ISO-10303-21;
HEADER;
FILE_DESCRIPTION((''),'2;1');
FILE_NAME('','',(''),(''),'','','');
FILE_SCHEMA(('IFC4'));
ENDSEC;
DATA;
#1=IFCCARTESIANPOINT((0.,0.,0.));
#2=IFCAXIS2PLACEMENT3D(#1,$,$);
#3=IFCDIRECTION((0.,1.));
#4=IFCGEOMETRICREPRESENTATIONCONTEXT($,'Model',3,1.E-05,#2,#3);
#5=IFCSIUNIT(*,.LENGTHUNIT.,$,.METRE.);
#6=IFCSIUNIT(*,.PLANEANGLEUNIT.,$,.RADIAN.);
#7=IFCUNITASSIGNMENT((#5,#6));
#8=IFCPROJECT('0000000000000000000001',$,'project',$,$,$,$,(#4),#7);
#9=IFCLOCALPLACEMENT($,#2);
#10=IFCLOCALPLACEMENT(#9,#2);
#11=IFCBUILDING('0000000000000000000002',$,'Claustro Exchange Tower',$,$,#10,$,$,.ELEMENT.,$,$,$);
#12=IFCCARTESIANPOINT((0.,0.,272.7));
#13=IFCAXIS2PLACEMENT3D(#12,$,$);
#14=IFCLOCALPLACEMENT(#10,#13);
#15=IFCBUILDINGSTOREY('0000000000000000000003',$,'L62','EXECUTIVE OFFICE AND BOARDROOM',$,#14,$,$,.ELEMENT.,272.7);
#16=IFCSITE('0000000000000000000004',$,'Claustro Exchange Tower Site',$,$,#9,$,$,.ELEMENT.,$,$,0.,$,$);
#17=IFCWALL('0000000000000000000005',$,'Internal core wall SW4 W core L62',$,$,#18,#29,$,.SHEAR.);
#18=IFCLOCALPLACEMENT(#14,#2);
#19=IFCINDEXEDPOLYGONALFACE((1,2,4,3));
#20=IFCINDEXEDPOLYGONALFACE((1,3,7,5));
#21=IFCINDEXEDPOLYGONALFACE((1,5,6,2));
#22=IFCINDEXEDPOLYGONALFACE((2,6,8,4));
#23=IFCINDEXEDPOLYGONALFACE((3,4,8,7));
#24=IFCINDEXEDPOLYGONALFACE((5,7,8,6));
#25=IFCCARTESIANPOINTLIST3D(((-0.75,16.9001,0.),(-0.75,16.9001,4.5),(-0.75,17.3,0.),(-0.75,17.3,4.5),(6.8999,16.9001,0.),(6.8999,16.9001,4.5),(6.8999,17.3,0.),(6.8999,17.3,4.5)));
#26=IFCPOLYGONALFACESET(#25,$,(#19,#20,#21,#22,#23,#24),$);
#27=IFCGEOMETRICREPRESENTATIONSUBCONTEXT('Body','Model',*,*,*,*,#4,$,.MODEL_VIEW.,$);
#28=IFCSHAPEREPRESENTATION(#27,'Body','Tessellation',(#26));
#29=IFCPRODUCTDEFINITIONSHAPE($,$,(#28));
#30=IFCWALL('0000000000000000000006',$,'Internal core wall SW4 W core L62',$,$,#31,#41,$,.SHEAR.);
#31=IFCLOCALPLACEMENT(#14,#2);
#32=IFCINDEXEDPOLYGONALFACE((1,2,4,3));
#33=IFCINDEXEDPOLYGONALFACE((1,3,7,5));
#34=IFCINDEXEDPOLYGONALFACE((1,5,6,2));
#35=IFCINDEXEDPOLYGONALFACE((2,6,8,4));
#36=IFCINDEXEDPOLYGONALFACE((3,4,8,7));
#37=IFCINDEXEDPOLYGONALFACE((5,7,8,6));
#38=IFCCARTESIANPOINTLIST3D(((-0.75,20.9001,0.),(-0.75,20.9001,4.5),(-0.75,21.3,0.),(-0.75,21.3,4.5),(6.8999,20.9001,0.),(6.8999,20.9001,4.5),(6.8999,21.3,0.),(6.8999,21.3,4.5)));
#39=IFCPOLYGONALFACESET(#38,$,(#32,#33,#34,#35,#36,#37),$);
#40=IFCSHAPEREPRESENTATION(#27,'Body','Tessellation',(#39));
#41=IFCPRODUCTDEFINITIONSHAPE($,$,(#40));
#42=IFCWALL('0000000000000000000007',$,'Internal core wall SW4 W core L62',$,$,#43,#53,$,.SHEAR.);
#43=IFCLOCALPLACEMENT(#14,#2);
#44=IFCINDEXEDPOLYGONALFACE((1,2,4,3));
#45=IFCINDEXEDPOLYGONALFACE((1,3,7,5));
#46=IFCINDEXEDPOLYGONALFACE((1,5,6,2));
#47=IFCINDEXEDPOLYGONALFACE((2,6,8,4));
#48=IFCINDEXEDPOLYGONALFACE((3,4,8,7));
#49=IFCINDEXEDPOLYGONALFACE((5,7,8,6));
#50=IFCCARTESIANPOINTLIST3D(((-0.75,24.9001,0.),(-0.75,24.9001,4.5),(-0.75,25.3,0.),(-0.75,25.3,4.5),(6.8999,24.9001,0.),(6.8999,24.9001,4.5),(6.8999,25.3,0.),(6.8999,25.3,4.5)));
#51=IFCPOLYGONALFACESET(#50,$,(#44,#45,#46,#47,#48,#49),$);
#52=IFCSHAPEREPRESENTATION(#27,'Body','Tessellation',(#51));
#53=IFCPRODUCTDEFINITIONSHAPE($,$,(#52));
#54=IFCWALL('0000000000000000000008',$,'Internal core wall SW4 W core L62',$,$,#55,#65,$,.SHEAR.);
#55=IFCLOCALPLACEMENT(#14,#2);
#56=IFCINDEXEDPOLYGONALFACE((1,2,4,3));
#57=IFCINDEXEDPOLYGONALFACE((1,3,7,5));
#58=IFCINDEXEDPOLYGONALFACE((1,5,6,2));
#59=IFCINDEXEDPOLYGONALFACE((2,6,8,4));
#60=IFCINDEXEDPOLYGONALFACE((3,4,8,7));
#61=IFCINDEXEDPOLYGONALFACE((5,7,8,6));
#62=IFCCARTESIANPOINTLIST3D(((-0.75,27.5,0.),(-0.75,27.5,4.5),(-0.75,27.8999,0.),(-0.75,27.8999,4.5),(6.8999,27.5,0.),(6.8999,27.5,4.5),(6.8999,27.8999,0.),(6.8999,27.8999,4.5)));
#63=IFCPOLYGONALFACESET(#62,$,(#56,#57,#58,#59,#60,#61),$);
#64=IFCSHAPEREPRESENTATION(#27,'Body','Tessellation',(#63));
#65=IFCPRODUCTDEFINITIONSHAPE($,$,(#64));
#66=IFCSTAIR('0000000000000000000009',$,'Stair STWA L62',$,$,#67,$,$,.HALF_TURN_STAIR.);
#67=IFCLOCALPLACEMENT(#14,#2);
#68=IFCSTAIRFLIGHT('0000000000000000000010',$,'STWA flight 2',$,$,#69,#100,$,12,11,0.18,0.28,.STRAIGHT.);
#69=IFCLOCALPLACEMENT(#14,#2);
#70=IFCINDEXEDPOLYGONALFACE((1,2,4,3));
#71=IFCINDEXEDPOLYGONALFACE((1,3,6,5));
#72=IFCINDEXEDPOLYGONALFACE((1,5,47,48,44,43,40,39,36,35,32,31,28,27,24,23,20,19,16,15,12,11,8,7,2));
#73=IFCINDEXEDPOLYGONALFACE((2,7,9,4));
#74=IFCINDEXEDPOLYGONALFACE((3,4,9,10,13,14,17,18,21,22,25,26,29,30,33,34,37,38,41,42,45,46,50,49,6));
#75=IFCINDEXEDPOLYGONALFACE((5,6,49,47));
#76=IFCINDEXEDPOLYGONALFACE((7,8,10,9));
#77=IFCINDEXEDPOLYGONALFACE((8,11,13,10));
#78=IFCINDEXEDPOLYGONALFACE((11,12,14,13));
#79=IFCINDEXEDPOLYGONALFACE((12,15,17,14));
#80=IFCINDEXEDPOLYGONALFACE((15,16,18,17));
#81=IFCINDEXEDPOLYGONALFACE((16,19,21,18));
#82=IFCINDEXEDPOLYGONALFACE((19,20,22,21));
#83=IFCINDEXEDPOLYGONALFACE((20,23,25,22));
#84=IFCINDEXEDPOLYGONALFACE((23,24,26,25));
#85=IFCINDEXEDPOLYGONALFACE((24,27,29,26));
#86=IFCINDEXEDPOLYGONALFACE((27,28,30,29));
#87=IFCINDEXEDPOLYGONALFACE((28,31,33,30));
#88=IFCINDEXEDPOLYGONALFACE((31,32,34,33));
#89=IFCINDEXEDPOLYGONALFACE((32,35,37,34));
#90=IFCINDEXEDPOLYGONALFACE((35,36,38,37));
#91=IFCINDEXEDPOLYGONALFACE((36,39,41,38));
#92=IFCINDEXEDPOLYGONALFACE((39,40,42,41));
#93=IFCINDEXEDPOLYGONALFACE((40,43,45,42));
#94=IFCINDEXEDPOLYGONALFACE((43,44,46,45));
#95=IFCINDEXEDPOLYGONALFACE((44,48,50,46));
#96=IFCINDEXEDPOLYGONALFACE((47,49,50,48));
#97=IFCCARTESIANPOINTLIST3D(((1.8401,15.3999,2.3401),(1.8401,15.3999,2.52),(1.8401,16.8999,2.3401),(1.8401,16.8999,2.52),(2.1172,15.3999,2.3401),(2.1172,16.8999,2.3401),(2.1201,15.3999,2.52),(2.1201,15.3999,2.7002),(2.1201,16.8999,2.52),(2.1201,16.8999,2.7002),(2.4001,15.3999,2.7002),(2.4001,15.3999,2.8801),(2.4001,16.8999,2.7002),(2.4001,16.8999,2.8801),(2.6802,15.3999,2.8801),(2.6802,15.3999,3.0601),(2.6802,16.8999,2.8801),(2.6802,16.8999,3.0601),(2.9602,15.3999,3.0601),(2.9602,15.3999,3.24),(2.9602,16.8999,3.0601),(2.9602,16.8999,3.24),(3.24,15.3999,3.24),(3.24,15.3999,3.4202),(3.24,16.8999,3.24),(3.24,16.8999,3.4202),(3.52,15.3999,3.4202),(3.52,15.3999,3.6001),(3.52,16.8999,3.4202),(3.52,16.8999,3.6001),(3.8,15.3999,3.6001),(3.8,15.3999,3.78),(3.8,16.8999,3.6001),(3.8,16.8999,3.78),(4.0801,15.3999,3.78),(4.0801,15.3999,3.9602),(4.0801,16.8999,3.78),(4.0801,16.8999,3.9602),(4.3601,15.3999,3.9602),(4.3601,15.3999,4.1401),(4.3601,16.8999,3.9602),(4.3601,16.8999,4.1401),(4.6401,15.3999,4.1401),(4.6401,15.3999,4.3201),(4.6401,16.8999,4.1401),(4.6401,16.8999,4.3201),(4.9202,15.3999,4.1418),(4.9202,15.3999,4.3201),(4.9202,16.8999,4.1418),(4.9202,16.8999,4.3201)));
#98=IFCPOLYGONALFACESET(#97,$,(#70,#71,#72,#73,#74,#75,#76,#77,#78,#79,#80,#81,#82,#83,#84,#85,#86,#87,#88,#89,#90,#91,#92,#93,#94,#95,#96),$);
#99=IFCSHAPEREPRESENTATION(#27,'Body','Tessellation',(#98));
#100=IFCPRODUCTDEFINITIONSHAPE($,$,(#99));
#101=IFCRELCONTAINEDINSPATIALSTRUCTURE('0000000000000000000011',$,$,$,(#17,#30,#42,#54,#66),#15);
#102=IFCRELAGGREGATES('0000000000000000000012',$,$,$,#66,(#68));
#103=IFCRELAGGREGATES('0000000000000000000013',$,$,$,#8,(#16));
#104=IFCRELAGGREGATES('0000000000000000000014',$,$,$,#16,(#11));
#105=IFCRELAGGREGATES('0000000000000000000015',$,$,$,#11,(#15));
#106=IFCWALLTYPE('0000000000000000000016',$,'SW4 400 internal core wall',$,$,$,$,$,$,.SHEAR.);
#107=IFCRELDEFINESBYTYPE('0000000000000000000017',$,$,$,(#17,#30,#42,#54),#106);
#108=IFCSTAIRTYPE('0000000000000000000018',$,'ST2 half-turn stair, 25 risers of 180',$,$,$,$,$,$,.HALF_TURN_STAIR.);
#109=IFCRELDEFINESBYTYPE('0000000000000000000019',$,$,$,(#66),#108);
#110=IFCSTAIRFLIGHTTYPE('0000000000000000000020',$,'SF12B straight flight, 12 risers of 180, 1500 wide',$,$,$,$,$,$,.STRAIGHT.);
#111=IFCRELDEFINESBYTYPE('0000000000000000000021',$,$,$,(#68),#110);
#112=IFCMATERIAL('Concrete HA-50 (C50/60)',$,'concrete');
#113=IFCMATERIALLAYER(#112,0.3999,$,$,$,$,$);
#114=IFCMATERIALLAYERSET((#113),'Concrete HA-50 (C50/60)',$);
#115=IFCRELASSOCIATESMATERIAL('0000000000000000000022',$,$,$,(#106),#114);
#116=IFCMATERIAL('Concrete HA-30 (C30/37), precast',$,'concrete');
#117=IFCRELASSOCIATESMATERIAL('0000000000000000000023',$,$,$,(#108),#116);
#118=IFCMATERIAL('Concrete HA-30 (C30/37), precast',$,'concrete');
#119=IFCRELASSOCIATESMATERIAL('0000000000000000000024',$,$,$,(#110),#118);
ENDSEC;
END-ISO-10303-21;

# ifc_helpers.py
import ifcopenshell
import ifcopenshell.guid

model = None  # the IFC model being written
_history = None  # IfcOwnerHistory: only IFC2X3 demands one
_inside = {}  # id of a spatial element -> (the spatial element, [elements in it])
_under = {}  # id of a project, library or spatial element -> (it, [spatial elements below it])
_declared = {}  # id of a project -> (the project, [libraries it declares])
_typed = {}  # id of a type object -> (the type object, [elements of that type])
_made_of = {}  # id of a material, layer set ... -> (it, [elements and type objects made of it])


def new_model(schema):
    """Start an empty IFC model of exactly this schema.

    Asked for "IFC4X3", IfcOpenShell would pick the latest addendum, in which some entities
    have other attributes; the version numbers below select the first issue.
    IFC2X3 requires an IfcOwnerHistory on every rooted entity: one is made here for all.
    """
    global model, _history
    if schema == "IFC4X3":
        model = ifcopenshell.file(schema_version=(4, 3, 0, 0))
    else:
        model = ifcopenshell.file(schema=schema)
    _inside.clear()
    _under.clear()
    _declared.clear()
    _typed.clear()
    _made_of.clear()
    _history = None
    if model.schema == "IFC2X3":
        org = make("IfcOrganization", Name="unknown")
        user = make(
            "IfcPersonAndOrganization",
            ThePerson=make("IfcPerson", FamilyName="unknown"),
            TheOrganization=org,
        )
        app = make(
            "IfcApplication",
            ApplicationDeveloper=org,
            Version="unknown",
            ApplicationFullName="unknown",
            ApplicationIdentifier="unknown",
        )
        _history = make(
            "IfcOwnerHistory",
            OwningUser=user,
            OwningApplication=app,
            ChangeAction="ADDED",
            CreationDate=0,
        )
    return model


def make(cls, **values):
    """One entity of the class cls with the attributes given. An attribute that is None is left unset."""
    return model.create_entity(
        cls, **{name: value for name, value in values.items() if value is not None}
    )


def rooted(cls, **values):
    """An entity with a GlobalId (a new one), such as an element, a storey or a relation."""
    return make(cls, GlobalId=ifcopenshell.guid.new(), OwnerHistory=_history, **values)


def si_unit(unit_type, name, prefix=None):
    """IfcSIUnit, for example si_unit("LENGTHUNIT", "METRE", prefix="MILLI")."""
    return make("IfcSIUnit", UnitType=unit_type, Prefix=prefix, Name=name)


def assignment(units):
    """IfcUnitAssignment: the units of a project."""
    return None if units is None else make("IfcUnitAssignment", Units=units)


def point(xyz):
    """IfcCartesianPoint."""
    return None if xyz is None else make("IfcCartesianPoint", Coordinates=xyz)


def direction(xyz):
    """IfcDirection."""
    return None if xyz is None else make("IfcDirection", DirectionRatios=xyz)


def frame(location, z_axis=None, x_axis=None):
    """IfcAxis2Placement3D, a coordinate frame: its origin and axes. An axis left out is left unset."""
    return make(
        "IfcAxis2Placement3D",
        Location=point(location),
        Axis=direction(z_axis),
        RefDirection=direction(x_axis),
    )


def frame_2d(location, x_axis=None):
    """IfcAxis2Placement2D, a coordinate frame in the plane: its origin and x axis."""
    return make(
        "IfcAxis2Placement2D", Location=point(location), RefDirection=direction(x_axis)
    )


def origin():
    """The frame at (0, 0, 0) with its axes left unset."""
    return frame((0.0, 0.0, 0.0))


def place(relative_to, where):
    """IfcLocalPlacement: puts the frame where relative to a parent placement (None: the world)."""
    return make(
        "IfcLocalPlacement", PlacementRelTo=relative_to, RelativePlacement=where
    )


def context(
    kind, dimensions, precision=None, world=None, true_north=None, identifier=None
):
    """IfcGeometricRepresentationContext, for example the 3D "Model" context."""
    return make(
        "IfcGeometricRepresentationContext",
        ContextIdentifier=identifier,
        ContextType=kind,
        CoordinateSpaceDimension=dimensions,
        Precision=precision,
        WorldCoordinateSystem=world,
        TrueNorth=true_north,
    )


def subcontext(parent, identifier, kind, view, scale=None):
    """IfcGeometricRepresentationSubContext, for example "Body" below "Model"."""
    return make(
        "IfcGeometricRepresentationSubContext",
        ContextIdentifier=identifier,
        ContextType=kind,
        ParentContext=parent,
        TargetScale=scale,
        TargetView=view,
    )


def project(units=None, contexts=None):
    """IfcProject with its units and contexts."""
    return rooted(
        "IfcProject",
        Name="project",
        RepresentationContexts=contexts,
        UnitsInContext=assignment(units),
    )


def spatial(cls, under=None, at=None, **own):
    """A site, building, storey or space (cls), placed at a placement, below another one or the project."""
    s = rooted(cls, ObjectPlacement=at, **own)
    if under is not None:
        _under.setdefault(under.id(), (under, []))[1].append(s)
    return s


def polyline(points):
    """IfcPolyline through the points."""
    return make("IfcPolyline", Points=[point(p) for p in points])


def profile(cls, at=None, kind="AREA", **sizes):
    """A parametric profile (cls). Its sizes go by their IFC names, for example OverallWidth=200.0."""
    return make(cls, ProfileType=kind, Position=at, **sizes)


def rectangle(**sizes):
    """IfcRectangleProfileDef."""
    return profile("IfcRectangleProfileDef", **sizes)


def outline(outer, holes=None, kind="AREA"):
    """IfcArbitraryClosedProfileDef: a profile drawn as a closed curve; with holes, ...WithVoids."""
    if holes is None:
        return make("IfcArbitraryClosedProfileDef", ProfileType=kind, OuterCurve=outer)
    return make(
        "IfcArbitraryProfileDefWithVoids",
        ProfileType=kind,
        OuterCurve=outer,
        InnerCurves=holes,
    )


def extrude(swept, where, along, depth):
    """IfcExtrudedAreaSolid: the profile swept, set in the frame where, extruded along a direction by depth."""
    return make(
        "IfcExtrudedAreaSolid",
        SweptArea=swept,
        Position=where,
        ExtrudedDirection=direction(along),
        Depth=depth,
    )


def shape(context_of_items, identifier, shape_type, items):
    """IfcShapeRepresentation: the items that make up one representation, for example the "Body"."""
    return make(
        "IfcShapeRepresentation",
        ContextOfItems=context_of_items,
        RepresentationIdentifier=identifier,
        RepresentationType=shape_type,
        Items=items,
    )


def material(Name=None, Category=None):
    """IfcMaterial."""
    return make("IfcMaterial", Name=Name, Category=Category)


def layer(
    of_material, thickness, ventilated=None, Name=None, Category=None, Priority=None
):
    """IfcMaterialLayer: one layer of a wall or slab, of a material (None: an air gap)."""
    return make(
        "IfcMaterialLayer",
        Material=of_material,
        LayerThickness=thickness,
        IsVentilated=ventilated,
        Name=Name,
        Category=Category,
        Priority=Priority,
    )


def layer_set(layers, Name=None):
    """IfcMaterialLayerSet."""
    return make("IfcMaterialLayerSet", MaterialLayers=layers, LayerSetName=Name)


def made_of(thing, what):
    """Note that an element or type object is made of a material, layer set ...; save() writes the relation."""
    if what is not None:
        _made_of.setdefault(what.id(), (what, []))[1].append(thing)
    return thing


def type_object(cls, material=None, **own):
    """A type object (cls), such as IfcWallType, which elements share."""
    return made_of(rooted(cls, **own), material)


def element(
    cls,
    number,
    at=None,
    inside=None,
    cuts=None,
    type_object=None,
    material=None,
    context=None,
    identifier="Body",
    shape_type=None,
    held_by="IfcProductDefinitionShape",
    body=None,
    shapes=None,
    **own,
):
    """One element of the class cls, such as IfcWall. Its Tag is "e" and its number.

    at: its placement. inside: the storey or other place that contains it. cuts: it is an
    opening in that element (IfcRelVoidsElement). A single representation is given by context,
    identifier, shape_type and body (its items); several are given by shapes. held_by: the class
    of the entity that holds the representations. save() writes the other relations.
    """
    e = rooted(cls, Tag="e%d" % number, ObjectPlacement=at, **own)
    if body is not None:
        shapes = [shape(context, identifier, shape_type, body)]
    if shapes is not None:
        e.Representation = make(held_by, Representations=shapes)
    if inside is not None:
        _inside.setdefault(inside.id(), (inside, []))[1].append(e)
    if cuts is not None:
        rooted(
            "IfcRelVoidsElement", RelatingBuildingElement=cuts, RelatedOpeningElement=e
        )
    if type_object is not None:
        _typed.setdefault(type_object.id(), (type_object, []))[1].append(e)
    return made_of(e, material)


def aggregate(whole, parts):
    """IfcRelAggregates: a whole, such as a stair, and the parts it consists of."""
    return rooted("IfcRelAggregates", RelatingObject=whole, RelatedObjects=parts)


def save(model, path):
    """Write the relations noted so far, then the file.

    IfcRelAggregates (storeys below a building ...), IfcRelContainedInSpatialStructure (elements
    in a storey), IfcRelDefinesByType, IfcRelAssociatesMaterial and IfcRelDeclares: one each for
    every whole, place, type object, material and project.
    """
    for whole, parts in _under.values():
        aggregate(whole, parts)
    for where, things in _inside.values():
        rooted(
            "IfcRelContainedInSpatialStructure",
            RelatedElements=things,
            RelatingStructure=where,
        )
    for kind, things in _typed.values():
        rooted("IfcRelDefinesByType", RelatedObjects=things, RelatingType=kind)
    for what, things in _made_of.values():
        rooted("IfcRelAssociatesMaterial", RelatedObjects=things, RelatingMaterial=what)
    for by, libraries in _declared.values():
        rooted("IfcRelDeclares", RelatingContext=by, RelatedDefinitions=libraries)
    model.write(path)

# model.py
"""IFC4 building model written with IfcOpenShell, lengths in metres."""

from ifc_helpers import new_model, si_unit, direction, frame, frame_2d, origin, place, context, subcontext, project, spatial, polyline, rectangle, outline, extrude, material, layer, layer_set, type_object, element, aggregate, save


model = new_model("IFC4")

# Units and contexts
model_context = context("Model", 3, precision=1e-05, world=origin(), true_north=direction((0.0, 1.0)))
body_context = subcontext(model_context, "Body", "Model", "MODEL_VIEW")
ifc_project = project(units=[si_unit("LENGTHUNIT", "METRE"), si_unit("PLANEANGLEUNIT", "RADIAN")], contexts=[model_context])

# Site, building, storey
site_placement = place(None, origin())
site = spatial("IfcSite", under=ifc_project, at=site_placement, Name="Claustro Exchange Tower Site", CompositionType="ELEMENT", RefElevation=0.0)
building_placement = place(site_placement, origin())
building = spatial("IfcBuilding", under=site, at=building_placement, Name="Claustro Exchange Tower", CompositionType="ELEMENT")
storey_placement = place(building_placement, frame((0.0, 0.0, 272.7)))
storey = spatial("IfcBuildingStorey", under=building, at=storey_placement, Name="L62", Description="EXECUTIVE OFFICE AND BOARDROOM", CompositionType="ELEMENT", Elevation=272.7)

# Walls
ifc_material_1 = material(Name="Concrete HA-50 (C50/60)", Category="concrete")
ifc_layer_1 = layer(ifc_material_1, 0.3999)
ifc_layer_set_1 = layer_set([ifc_layer_1], Name="Concrete HA-50 (C50/60)")
wall_type_1 = type_object("IfcWallType", Name="SW4 400 internal core wall", PredefinedType="SHEAR", material=ifc_layer_set_1)
for number, where, z_axis, x_axis, name in (
    (1, (-0.75, 17.1001, 0.0), (0.0, 0.0, 1.0), (1.0, 0.0, 0.0), "Internal core wall SW4 W core L62"),
    (2, (-0.75, 21.1001, 0.0), (0.0, 0.0, 1.0), (1.0, 0.0, 0.0), "Internal core wall SW4 W core L62"),
    (3, (-0.75, 25.1001, 0.0), (0.0, 0.0, 1.0), (1.0, 0.0, 0.0), "Internal core wall SW4 W core L62"),
    (4, (-0.75, 27.7, 0.0), (0.0, 0.0, 1.0), (1.0, 0.0, 0.0), "Internal core wall SW4 W core L62"),
):
    element("IfcWall", number, at=place(storey_placement, frame(where, z_axis=z_axis, x_axis=x_axis)), inside=storey, type_object=wall_type_1, Name=name, PredefinedType="SHEAR", context=body_context, shape_type="SweptSolid", body=[
        extrude(rectangle(XDim=7.6499, YDim=0.3999, at=frame_2d((3.825, 0.0))), origin(), (0.0, 0.0, 1.0), 4.5),
    ])

# Stair, stair flight
ifc_material_2 = material(Name="Concrete HA-30 (C30/37), precast", Category="concrete")
stair_type = type_object("IfcStairType", Name="ST2 half-turn stair, 25 risers of 180", PredefinedType="HALF_TURN_STAIR", material=ifc_material_2)
stair_placement = place(storey_placement, origin())
stair = element("IfcStair", 5, at=stair_placement, inside=storey, type_object=stair_type, Name="Stair STWA L62", PredefinedType="HALF_TURN_STAIR")
ifc_material_3 = material(Name="Concrete HA-30 (C30/37), precast", Category="concrete")
stair_flight_type = type_object("IfcStairFlightType", Name="SF12B straight flight, 12 risers of 180, 1500 wide", PredefinedType="STRAIGHT", material=ifc_material_3)
stair_flight_placement = place(storey_placement, frame((1.8401, 16.1499, 2.3401), z_axis=(0.0, 0.0, 1.0), x_axis=(1.0, 0.0, 0.0)))
stair_flight = element("IfcStairFlight", 6, at=stair_flight_placement, type_object=stair_flight_type, Name="STWA flight 2", NumberOfRisers=12, NumberOfTreads=11, PredefinedType="STRAIGHT", RiserHeight=0.18, TreadLength=0.28, context=body_context, shape_type="SweptSolid", body=[
    extrude(outline(polyline([(0.0, 0.0), (0.0, 0.1799), (0.28, 0.1799), (0.28, 0.3601), (0.5601, 0.3601), (0.5601, 0.54), (0.8401, 0.54), (0.8401, 0.72), (1.1201, 0.72), (1.1201, 0.8999), (1.3999, 0.8999), (1.3999, 1.0801), (1.6799, 1.0801), (1.6799, 1.26), (1.96, 1.26), (1.96, 1.4399), (2.24, 1.4399), (2.24, 1.6201), (2.52, 1.6201), (2.52, 1.8), (2.8, 1.8), (2.8, 1.98), (3.0801, 1.98), (3.0801, 2.1599), (3.0801, 1.8018), (0.2771, 0.0), (0.0, 0.0)])), frame((0.0, 0.75, 0.0), z_axis=(0.0, -1.0, 0.0), x_axis=(1.0, 0.0, 0.0)), (0.0, 0.0, 1.0), 1.5),
])
aggregate(stair, [stair_flight])

save(model, "model.ifc")
